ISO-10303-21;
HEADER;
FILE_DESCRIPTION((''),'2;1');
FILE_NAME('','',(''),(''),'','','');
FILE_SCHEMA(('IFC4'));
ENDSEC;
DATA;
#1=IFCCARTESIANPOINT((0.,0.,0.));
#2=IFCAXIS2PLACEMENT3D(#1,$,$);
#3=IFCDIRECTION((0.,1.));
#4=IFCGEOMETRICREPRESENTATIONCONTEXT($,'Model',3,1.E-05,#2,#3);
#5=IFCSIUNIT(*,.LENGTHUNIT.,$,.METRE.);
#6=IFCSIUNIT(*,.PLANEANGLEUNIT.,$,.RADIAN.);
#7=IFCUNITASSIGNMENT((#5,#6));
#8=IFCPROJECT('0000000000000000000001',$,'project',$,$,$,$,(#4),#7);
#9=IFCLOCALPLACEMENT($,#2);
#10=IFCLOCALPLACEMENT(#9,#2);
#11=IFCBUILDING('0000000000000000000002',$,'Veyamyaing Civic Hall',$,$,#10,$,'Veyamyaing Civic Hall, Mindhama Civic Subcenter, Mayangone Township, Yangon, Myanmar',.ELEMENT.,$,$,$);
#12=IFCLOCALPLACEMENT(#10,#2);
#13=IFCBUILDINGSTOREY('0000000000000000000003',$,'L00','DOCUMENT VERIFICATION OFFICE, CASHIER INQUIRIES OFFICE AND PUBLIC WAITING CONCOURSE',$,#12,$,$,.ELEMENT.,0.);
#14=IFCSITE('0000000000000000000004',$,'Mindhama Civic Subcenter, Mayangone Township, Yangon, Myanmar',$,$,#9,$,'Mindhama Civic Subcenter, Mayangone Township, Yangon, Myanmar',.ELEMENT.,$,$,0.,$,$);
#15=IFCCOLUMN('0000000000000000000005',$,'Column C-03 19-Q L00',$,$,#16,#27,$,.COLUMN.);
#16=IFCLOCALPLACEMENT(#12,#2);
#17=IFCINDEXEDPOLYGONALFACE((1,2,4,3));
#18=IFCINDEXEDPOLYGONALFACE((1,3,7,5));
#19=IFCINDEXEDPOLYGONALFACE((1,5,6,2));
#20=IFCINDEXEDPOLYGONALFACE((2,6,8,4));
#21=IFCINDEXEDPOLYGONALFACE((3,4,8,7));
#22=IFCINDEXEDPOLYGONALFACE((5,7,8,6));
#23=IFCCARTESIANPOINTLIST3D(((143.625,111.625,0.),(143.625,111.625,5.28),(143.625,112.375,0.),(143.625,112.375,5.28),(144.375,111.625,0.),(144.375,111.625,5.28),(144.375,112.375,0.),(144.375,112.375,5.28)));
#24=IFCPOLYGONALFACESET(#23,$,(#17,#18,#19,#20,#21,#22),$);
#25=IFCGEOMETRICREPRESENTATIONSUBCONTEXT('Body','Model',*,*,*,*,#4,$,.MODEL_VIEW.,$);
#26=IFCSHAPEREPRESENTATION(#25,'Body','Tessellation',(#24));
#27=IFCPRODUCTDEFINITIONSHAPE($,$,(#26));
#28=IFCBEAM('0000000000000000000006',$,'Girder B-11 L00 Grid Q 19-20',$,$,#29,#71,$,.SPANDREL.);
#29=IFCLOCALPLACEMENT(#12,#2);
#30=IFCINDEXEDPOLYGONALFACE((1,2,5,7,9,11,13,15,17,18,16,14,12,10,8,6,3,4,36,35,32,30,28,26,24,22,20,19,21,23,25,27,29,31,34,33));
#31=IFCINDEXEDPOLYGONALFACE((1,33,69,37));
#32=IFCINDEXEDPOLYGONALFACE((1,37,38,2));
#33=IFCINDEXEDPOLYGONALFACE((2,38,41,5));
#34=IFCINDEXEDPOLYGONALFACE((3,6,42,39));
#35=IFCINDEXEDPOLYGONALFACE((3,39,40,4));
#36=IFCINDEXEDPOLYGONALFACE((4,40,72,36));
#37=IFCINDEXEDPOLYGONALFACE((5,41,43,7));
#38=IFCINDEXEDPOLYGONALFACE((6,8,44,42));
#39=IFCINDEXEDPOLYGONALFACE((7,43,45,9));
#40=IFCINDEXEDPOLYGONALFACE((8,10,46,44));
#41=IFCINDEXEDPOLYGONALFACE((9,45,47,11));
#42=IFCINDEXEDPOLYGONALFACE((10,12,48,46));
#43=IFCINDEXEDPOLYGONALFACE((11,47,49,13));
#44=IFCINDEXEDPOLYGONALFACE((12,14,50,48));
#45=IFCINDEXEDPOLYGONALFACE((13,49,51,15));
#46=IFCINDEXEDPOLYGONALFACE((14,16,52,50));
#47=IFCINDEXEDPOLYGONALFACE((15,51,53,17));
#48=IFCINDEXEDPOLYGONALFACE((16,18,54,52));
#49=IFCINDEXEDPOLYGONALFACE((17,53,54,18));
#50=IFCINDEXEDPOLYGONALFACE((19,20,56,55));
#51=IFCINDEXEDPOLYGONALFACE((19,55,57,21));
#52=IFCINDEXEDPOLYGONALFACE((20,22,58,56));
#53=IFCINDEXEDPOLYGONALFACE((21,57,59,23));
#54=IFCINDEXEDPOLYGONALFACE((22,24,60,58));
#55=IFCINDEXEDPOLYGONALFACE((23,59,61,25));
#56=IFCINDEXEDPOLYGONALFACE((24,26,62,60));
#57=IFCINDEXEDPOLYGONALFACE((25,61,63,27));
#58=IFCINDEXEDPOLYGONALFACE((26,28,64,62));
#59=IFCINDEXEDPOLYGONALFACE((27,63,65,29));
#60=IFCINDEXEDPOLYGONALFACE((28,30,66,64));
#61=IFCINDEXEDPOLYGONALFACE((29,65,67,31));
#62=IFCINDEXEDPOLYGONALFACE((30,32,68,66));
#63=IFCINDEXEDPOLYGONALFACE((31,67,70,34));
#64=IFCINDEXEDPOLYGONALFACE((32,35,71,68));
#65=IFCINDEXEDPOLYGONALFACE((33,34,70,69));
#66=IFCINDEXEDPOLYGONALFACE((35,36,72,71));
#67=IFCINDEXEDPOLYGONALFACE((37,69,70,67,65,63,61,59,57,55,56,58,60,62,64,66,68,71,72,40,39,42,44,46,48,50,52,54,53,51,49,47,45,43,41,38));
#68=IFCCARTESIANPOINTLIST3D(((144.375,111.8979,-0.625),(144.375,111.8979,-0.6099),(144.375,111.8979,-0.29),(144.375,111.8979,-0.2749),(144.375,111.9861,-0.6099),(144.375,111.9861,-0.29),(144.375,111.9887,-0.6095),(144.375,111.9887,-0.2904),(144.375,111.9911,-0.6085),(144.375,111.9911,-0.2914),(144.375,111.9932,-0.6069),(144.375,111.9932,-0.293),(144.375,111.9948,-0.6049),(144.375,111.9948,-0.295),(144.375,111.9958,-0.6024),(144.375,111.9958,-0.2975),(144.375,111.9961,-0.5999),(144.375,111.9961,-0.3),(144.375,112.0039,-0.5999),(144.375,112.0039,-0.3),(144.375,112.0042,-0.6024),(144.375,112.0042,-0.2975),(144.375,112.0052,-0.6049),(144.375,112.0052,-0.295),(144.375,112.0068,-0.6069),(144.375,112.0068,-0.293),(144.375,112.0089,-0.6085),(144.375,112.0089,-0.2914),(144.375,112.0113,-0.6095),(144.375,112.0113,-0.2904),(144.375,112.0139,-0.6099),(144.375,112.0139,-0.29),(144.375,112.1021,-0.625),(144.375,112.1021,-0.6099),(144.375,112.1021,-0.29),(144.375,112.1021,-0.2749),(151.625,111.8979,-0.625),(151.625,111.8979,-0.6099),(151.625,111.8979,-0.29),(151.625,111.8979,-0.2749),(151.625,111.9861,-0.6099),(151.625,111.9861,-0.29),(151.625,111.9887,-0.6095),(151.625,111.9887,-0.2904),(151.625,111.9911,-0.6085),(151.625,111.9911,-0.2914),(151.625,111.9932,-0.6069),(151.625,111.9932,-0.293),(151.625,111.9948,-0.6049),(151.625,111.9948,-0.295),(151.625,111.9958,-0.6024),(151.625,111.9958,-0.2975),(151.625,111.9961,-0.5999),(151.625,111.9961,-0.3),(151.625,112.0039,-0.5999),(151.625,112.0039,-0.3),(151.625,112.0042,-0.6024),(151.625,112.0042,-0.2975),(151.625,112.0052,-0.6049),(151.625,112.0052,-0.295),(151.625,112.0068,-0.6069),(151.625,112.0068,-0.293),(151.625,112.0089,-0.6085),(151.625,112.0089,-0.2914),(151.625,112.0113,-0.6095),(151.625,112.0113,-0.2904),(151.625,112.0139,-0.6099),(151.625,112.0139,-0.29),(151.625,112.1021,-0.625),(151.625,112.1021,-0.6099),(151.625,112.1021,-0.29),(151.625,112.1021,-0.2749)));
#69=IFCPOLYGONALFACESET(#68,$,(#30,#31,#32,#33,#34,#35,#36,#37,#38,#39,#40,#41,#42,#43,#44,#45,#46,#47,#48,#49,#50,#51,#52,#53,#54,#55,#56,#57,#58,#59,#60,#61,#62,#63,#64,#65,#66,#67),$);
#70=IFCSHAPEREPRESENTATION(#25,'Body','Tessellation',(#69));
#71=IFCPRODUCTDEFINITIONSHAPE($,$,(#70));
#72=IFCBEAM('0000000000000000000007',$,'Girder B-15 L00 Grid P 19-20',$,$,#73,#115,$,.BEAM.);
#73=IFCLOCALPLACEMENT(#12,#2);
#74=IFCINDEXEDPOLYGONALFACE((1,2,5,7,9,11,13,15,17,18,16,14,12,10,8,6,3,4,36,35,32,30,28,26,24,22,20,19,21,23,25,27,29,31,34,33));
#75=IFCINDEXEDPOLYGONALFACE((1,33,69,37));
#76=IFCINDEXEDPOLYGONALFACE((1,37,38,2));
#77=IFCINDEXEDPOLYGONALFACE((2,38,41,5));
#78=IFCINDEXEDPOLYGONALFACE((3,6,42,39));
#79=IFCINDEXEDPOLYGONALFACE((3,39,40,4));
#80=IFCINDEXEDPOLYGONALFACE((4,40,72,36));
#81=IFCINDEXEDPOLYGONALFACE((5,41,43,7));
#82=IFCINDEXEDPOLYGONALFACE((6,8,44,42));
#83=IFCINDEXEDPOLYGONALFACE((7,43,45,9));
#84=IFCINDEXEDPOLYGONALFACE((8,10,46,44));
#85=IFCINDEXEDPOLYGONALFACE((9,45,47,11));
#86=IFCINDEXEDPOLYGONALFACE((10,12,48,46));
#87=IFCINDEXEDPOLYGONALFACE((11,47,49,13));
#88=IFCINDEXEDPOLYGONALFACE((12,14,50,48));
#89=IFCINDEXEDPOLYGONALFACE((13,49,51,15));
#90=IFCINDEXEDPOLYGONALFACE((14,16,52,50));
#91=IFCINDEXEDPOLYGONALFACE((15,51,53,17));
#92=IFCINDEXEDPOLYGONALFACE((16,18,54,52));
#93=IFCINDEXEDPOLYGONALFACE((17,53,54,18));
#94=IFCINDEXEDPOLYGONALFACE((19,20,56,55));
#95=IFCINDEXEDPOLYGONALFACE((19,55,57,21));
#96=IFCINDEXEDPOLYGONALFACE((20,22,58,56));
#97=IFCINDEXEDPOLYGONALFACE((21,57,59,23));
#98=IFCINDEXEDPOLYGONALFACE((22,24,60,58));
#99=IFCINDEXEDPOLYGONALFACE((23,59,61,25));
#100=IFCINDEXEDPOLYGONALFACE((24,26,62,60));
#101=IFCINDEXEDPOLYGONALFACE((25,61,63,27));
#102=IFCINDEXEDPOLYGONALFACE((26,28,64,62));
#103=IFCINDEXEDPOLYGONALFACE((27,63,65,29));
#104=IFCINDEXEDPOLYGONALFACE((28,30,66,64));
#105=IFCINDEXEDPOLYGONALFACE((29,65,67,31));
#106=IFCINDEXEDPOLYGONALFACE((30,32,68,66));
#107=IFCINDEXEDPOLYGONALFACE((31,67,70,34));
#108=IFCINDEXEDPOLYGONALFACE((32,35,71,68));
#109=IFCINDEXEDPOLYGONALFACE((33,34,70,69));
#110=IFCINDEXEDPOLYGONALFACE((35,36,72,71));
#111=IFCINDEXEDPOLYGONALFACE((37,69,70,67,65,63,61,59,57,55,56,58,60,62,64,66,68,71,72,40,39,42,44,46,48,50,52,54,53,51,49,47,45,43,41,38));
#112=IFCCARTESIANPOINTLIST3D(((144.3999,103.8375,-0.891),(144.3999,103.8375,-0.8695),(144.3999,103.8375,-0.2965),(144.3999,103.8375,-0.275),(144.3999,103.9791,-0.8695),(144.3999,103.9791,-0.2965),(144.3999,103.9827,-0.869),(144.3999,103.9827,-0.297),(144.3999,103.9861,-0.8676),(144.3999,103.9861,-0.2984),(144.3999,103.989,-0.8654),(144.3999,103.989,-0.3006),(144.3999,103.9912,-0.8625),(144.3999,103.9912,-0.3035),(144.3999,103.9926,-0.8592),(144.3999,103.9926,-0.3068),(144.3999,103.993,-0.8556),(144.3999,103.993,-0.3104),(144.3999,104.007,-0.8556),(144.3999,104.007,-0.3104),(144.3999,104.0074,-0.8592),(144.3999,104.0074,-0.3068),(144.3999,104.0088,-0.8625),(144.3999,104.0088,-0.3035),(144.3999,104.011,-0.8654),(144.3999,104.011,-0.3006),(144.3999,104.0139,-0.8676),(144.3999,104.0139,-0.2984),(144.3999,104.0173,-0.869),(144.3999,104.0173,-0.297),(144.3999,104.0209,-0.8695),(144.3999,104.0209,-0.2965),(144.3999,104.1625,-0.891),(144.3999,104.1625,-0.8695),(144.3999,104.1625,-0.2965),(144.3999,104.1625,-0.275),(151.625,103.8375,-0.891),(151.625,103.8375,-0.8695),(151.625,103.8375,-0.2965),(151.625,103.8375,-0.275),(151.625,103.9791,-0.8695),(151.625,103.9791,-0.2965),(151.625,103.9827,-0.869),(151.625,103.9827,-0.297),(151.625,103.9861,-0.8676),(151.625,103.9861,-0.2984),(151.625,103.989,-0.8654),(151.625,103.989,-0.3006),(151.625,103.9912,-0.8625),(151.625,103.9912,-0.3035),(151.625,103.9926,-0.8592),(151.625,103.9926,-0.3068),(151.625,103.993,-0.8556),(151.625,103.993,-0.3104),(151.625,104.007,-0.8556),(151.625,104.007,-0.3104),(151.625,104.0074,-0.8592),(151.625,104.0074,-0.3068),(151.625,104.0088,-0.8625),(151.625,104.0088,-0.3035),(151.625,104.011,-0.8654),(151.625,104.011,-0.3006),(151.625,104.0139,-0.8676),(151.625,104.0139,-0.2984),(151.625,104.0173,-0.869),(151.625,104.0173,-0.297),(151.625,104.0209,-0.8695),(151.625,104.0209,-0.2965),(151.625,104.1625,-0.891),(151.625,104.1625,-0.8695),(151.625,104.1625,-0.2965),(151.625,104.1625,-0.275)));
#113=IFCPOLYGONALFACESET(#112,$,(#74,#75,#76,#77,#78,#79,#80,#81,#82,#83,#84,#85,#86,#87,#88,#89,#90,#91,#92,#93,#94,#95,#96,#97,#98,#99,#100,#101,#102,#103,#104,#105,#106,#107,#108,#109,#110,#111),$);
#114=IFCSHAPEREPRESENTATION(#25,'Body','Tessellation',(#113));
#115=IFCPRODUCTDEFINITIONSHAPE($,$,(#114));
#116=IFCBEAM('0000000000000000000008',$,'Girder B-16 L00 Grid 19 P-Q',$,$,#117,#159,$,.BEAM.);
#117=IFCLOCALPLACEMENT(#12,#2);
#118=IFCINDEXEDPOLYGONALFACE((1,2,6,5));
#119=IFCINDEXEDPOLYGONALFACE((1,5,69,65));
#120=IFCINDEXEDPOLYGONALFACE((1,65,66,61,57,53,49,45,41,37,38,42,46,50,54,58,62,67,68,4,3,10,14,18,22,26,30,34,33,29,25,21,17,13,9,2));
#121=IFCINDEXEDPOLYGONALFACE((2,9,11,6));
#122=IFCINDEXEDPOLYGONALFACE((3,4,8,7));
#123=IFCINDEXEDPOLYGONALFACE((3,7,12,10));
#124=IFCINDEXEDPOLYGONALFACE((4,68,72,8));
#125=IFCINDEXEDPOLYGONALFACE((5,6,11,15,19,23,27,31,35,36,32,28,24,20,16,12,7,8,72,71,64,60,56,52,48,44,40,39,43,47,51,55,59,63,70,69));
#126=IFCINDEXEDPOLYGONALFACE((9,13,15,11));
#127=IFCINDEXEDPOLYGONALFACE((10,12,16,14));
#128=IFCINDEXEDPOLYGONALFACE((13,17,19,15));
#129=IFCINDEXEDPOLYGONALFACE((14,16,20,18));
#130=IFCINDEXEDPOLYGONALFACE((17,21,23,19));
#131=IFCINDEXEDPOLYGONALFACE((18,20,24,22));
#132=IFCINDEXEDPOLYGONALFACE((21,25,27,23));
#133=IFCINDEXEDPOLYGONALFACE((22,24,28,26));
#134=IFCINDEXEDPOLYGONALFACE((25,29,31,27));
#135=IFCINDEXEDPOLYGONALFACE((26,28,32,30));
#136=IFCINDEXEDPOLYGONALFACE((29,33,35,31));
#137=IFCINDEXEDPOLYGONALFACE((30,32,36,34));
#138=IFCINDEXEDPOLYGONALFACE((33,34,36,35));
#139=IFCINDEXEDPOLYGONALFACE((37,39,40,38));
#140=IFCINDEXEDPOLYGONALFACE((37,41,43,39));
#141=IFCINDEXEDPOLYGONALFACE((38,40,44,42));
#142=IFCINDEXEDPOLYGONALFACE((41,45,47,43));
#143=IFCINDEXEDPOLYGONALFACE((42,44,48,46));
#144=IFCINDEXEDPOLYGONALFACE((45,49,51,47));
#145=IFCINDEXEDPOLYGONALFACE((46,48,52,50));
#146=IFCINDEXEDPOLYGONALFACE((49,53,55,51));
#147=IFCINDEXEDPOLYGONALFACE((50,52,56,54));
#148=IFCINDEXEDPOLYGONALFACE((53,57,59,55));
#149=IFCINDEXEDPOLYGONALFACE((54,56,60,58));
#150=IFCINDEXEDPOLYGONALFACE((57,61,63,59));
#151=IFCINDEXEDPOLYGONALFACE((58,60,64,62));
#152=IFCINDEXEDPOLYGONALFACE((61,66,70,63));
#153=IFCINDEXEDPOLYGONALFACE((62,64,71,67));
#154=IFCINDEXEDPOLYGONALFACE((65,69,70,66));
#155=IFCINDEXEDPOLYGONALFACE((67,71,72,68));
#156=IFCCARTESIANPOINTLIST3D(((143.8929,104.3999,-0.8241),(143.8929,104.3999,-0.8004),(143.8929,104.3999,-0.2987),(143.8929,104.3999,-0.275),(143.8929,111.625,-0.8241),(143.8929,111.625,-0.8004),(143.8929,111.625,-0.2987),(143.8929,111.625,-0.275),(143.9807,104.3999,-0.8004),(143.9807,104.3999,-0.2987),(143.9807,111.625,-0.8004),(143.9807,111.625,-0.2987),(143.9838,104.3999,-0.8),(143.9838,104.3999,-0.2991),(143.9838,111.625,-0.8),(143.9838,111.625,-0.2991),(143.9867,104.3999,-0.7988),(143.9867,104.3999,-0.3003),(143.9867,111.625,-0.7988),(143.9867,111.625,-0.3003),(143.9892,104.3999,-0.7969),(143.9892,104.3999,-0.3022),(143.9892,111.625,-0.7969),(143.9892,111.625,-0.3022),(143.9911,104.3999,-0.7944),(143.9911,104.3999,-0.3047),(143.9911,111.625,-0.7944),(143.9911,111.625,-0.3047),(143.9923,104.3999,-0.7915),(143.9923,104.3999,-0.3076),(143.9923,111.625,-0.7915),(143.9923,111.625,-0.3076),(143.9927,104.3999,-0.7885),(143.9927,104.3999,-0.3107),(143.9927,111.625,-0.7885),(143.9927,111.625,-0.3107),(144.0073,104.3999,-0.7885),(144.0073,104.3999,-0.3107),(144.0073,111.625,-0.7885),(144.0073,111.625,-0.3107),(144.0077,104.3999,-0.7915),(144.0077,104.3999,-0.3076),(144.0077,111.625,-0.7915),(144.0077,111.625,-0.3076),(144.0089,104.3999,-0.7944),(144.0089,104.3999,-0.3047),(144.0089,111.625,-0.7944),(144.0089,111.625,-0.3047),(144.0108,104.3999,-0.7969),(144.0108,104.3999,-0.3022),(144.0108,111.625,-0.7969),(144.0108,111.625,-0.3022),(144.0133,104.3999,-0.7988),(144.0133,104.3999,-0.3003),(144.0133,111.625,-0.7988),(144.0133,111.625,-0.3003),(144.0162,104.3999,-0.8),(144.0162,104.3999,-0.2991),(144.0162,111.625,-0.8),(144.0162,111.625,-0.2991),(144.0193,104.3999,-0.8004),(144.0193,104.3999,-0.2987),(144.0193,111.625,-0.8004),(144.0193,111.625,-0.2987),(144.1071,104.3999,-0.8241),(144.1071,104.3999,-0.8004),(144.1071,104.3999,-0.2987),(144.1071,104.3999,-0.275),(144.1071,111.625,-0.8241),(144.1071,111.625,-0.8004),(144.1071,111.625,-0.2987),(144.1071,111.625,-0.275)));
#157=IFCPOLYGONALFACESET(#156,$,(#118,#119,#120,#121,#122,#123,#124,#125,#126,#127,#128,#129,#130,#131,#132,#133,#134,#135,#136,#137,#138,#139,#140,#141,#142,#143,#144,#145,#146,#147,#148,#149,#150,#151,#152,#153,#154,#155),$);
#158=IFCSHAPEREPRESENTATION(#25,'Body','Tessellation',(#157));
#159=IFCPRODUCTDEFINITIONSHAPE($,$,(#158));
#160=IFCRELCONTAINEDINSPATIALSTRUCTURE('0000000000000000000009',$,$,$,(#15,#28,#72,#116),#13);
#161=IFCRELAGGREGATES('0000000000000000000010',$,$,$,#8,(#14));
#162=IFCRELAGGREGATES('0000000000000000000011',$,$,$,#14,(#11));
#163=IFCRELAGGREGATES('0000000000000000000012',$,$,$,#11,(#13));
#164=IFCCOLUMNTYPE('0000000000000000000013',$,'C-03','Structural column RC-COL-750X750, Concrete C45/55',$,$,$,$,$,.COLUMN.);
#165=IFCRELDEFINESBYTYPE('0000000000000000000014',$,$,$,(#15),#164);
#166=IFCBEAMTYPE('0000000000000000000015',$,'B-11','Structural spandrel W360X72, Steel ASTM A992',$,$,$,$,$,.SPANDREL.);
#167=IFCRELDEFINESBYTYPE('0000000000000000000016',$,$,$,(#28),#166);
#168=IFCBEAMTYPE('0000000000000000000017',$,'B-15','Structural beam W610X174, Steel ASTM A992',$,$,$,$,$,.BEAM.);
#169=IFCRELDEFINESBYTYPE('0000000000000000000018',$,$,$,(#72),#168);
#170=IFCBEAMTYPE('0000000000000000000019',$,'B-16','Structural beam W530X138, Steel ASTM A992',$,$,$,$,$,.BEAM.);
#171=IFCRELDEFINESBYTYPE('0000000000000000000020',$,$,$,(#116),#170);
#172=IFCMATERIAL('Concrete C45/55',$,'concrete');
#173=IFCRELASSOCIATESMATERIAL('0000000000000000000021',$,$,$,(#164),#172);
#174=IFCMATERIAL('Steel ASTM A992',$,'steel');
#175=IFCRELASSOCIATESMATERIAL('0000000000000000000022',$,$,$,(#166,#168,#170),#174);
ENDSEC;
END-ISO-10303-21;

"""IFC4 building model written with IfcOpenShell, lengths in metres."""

from ifc_helpers import new_model, si_unit, direction, frame, origin, origin_2d, place, context, subcontext, project, spatial, rectangle, i_section, extrude, material, material_profile, profile_set, type_object, element, save


model = new_model("IFC4")

# Units and contexts
model_context = context("Model", 3, precision=1e-05, world=origin(), true_north=direction((0.0, 1.0)))
body_context = subcontext(model_context, "Body", "Model", "MODEL_VIEW")
ifc_project = project(units=[si_unit("LENGTHUNIT", "METRE"), si_unit("PLANEANGLEUNIT", "RADIAN")], contexts=[model_context])

# Site, building, storey
site_placement = place(None, origin())
site = spatial("IfcSite", under=ifc_project, at=site_placement, Name="Mindhama Civic Subcenter, Mayangone Township, Yangon, Myanmar", LongName="Mindhama Civic Subcenter, Mayangone Township, Yangon, Myanmar", CompositionType="ELEMENT", RefElevation=0.0)
building_placement = place(site_placement, origin())
building = spatial("IfcBuilding", under=site, at=building_placement, Name="Veyamyaing Civic Hall", LongName="Veyamyaing Civic Hall, Mindhama Civic Subcenter, Mayangone Township, Yangon, Myanmar", CompositionType="ELEMENT")
storey_placement = place(building_placement, origin())
storey = spatial("IfcBuildingStorey", under=building, at=storey_placement, Name="L00", Description="DOCUMENT VERIFICATION OFFICE, CASHIER INQUIRIES OFFICE AND PUBLIC WAITING CONCOURSE", CompositionType="ELEMENT", Elevation=0.0)

# Column
ifc_material_1 = material(Name="Concrete C45/55", Category="concrete")
ifc_material_profile_1 = material_profile(ifc_material_1, rectangle(XDim=0.75, YDim=0.75, at=origin_2d()), Name="RC-COL-750X750")
ifc_profile_set_1 = profile_set([ifc_material_profile_1], Name="Concrete C45/55")
column_type = type_object("IfcColumnType", Name="C-03", Description="Structural column RC-COL-750X750, Concrete C45/55", PredefinedType="COLUMN", material=ifc_profile_set_1)
column_placement = place(storey_placement, frame((144.0, 112.0, 0.0), z_axis=(0.0, 0.0, 1.0), x_axis=(1.0, 0.0, 0.0)))
element("IfcColumn", 1, at=column_placement, inside=storey, type_object=column_type, Name="Column C-03 19-Q L00", PredefinedType="COLUMN", context=body_context, shape_type="SweptSolid", body=[
    extrude(rectangle(XDim=0.75, YDim=0.75, at=origin_2d()), origin(), (0.0, 0.0, 1.0), 5.28),
])

# Beams
ifc_material_2 = material(Name="Steel ASTM A992", Category="steel")
ifc_material_profile_2 = material_profile(ifc_material_2, i_section(OverallWidth=0.2041, OverallDepth=0.3501, WebThickness=0.0078, FlangeThickness=0.0151, FilletRadius=0.01, at=origin_2d()), Name="W360X72")
ifc_profile_set_2 = profile_set([ifc_material_profile_2], Name="Steel ASTM A992")
beam_type_1 = type_object("IfcBeamType", Name="B-11", Description="Structural spandrel W360X72, Steel ASTM A992", PredefinedType="SPANDREL", material=ifc_profile_set_2)
beam_1_placement = place(storey_placement, frame((144.375, 112.0, -0.45), z_axis=(1.0, 0.0, 0.0), x_axis=(0.0, 1.0, 0.0)))
element("IfcBeam", 2, at=beam_1_placement, inside=storey, type_object=beam_type_1, Name="Girder B-11 L00 Grid Q 19-20", PredefinedType="SPANDREL", context=body_context, shape_type="SweptSolid", body=[
    extrude(i_section(OverallWidth=0.2041, OverallDepth=0.3501, WebThickness=0.0078, FlangeThickness=0.0151, FilletRadius=0.01, at=origin_2d()), origin(), (0.0, 0.0, 1.0), 7.25),
])
ifc_material_profile_3 = material_profile(ifc_material_2, i_section(OverallWidth=0.325, OverallDepth=0.616, WebThickness=0.0139, FlangeThickness=0.0215, FilletRadius=0.0139, at=origin_2d()), Name="W610X174")
ifc_profile_set_3 = profile_set([ifc_material_profile_3], Name="Steel ASTM A992")
beam_type_2 = type_object("IfcBeamType", Name="B-15", Description="Structural beam W610X174, Steel ASTM A992", PredefinedType="BEAM", material=ifc_profile_set_3)
beam_2_placement = place(storey_placement, frame((144.3999, 104.0, -0.583), z_axis=(1.0, 0.0, 0.0), x_axis=(0.0, 1.0, 0.0)))
element("IfcBeam", 3, at=beam_2_placement, inside=storey, type_object=beam_type_2, Name="Girder B-15 L00 Grid P 19-20", PredefinedType="BEAM", context=body_context, shape_type="SweptSolid", body=[
    extrude(i_section(OverallWidth=0.325, OverallDepth=0.616, WebThickness=0.0139, FlangeThickness=0.0215, FilletRadius=0.0139, at=origin_2d()), origin(), (0.0, 0.0, 1.0), 7.2251),
])
ifc_material_profile_4 = material_profile(ifc_material_2, i_section(OverallWidth=0.2141, OverallDepth=0.5491, WebThickness=0.0146, FlangeThickness=0.0237, FilletRadius=0.012, at=origin_2d()), Name="W530X138")
ifc_profile_set_4 = profile_set([ifc_material_profile_4], Name="Steel ASTM A992")
beam_type_3 = type_object("IfcBeamType", Name="B-16", Description="Structural beam W530X138, Steel ASTM A992", PredefinedType="BEAM", material=ifc_profile_set_4)
beam_3_placement = place(storey_placement, frame((144.0, 104.3999, -0.5496), z_axis=(0.0, 1.0, 0.0), x_axis=(-1.0, 0.0, 0.0)))
element("IfcBeam", 4, at=beam_3_placement, inside=storey, type_object=beam_type_3, Name="Girder B-16 L00 Grid 19 P-Q", PredefinedType="BEAM", context=body_context, shape_type="SweptSolid", body=[
    extrude(i_section(OverallWidth=0.2141, OverallDepth=0.5491, WebThickness=0.0146, FlangeThickness=0.0237, FilletRadius=0.012, at=origin_2d()), origin(), (0.0, 0.0, 1.0), 7.2251),
])

save(model, "model.ifc")
